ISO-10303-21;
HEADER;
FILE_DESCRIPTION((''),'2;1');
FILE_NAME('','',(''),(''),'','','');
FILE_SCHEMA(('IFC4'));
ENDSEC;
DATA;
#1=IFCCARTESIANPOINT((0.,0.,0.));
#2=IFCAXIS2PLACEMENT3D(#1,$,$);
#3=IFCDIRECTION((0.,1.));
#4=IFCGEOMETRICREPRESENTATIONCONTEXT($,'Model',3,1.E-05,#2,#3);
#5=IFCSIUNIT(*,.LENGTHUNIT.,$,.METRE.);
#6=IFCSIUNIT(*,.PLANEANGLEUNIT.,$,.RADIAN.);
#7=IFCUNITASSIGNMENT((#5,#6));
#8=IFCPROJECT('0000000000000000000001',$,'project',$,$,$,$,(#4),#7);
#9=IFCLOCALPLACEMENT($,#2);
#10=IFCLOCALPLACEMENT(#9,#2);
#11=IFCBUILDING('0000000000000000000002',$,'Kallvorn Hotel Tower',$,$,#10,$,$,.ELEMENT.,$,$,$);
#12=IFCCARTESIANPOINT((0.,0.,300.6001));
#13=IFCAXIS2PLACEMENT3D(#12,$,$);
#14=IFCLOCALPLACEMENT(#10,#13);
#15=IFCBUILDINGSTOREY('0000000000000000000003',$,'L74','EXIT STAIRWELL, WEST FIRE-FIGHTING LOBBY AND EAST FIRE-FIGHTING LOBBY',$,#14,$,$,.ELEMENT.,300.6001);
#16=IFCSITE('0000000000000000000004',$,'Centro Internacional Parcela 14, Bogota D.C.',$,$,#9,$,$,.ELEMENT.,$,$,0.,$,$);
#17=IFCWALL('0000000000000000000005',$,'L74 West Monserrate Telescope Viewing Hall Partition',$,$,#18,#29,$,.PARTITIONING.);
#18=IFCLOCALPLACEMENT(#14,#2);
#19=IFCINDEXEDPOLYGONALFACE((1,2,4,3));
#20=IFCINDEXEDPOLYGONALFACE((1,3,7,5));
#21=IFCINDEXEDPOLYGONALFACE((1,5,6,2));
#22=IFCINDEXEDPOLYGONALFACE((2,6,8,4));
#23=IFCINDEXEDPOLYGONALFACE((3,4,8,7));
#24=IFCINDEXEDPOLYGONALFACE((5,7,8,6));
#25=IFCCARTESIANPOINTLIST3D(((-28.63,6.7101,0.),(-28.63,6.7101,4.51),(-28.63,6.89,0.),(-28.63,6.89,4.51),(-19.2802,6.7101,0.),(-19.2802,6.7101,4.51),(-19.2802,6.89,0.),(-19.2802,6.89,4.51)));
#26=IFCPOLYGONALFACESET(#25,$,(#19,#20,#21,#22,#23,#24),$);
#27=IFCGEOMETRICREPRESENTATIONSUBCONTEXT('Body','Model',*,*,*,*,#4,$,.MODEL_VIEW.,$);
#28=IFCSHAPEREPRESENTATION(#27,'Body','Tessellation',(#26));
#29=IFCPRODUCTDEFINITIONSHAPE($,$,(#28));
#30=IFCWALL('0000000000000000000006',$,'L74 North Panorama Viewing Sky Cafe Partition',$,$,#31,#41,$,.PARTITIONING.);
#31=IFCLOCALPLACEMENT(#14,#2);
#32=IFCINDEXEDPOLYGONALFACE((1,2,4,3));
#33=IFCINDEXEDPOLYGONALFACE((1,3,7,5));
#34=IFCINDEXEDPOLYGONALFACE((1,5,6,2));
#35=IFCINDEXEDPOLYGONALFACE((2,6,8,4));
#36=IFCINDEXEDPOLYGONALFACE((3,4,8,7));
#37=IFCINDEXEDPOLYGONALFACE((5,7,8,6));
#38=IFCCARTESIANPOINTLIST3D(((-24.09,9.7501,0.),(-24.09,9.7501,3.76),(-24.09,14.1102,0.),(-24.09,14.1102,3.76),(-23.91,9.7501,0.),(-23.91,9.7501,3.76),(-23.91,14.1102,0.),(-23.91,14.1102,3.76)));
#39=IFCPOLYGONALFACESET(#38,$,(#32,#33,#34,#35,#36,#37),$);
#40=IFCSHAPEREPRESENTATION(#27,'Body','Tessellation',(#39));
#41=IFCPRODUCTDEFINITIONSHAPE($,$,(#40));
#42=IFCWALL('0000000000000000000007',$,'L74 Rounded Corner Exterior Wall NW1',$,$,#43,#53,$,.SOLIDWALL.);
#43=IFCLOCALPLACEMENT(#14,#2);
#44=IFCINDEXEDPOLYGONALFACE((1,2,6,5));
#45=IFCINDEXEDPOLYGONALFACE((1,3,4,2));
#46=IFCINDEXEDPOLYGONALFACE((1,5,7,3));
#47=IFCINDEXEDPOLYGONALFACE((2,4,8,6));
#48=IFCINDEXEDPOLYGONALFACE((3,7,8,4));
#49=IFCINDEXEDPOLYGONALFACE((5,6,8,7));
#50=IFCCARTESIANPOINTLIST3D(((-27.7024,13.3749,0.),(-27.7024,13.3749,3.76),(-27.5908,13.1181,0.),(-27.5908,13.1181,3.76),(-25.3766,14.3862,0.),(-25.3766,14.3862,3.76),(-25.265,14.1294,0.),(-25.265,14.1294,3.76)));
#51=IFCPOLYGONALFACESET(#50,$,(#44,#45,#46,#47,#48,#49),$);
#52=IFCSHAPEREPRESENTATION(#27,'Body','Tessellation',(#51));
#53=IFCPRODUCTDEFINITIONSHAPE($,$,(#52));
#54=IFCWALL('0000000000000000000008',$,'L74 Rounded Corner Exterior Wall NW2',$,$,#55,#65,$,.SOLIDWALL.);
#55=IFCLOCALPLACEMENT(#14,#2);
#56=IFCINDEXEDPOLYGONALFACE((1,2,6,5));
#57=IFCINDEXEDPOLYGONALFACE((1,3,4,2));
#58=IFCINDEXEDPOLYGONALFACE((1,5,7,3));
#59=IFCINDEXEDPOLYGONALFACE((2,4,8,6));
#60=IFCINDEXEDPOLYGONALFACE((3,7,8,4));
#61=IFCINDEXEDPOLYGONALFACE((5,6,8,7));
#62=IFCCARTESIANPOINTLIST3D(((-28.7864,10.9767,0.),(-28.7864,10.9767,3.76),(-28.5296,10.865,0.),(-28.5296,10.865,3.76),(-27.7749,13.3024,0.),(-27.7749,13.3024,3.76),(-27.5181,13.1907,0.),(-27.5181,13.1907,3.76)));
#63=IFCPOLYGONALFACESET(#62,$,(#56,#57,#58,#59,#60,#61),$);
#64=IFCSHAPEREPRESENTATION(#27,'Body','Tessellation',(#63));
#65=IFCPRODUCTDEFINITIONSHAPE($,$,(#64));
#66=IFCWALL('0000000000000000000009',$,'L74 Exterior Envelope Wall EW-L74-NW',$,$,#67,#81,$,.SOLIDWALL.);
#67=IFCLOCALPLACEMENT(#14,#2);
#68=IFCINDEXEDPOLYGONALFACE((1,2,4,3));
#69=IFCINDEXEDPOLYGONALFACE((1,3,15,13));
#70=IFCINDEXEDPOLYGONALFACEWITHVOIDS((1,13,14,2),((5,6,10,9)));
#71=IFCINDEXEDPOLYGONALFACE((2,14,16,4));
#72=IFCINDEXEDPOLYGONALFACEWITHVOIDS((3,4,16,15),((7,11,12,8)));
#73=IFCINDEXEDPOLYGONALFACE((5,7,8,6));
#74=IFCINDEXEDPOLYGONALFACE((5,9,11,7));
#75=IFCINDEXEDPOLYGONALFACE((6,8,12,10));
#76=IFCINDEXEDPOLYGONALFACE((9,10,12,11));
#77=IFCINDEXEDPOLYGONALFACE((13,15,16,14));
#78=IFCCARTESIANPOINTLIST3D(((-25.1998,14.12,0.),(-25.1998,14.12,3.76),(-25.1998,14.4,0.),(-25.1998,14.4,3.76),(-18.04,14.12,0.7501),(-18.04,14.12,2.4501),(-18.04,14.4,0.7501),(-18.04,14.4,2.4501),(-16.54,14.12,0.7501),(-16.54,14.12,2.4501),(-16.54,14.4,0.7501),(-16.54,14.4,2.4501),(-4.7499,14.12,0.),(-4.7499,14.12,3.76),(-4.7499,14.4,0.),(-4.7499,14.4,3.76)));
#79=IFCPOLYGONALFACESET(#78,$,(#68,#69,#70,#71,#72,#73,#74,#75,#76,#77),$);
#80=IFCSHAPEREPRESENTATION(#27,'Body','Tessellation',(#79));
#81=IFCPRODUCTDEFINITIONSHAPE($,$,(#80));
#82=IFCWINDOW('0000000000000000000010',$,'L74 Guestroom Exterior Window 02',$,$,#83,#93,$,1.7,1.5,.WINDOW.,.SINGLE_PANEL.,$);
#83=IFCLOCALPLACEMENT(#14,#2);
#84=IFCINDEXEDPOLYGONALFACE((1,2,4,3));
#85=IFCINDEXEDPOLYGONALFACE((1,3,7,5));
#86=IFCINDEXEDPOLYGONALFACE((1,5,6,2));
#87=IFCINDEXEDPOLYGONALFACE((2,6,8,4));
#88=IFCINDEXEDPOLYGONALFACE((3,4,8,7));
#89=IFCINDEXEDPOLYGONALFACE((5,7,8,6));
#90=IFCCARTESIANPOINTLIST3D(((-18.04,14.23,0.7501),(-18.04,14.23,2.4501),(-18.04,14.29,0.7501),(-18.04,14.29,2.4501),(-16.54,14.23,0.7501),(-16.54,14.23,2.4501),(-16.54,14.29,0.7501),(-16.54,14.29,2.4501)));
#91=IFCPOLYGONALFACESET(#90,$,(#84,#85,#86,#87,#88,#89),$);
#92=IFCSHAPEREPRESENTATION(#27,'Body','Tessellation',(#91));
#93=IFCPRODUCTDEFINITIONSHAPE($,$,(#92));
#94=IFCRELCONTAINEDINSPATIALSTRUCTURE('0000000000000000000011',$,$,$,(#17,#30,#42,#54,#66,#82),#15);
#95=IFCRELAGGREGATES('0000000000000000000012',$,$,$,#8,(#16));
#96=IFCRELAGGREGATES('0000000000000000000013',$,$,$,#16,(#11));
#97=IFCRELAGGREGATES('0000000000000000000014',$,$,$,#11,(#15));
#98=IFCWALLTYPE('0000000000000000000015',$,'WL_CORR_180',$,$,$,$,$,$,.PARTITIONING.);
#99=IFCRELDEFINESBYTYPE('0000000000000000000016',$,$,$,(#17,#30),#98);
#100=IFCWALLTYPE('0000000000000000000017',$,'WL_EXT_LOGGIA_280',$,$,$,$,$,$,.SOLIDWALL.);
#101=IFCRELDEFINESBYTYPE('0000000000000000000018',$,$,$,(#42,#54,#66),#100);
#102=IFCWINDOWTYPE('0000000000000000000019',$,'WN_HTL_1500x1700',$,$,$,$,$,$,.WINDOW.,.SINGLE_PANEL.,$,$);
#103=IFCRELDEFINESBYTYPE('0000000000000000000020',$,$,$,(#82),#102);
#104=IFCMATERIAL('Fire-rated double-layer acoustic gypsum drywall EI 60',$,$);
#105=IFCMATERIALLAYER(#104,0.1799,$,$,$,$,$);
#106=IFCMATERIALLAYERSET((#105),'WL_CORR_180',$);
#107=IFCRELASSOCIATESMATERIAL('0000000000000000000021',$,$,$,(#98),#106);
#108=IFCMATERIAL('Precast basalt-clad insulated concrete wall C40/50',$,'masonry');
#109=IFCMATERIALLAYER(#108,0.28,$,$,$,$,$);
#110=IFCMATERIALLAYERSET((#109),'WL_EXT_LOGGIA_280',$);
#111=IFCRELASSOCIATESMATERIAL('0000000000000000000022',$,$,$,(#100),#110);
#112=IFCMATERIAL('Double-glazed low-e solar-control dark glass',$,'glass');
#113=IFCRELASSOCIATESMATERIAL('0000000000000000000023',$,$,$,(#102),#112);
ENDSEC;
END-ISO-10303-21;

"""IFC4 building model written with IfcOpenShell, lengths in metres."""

from ifc_helpers import new_model, si_unit, direction, frame, frame_2d, origin, place, context, subcontext, project, spatial, rectangle, extrude, material, layer, layer_set, type_object, element, fill, save


model = new_model("IFC4")

# Units and contexts
model_context = context("Model", 3, precision=1e-05, world=origin(), true_north=direction((0.0, 1.0)))
body_context = subcontext(model_context, "Body", "Model", "MODEL_VIEW")
ifc_project = project(units=[si_unit("LENGTHUNIT", "METRE"), si_unit("PLANEANGLEUNIT", "RADIAN")], contexts=[model_context])

# Site, building, storey
site_placement = place(None, origin())
site = spatial("IfcSite", under=ifc_project, at=site_placement, Name="Centro Internacional Parcela 14, Bogota D.C.", CompositionType="ELEMENT", RefElevation=0.0)
building_placement = place(site_placement, origin())
building = spatial("IfcBuilding", under=site, at=building_placement, Name="Kallvorn Hotel Tower", CompositionType="ELEMENT")
storey_placement = place(building_placement, frame((0.0, 0.0, 300.6001)))
storey = spatial("IfcBuildingStorey", under=building, at=storey_placement, Name="L74", Description="EXIT STAIRWELL, WEST FIRE-FIGHTING LOBBY AND EAST FIRE-FIGHTING LOBBY", CompositionType="ELEMENT", Elevation=300.6001)

# Walls
ifc_material_1 = material(Name="Fire-rated double-layer acoustic gypsum drywall EI 60")
ifc_layer_1 = layer(ifc_material_1, 0.1799)
ifc_layer_set_1 = layer_set([ifc_layer_1], Name="WL_CORR_180")
wall_type_1 = type_object("IfcWallType", Name="WL_CORR_180", PredefinedType="PARTITIONING", material=ifc_layer_set_1)
wall_1_placement = place(storey_placement, frame((-28.6299, 6.8, 0.0), z_axis=(0.0, 0.0, 1.0), x_axis=(1.0, 0.0, 0.0)))
element("IfcWall", 1, at=wall_1_placement, inside=storey, type_object=wall_type_1, Name="L74 West Monserrate Telescope Viewing Hall Partition", PredefinedType="PARTITIONING", context=body_context, shape_type="SweptSolid", body=[
    extrude(rectangle(XDim=9.3499, YDim=0.1799, at=frame_2d((4.6748, 0.0))), origin(), (0.0, 0.0, 1.0), 4.51),
])
wall_2_placement = place(storey_placement, frame((-24.0, 9.75, 0.0), z_axis=(0.0, 0.0, 1.0), x_axis=(0.0, 1.0, 0.0)))
element("IfcWall", 2, at=wall_2_placement, inside=storey, type_object=wall_type_1, Name="L74 North Panorama Viewing Sky Cafe Partition", PredefinedType="PARTITIONING", context=body_context, shape_type="SweptSolid", body=[
    extrude(rectangle(XDim=4.3601, YDim=0.1799, at=frame_2d((2.1802, 0.0))), origin(), (0.0, 0.0, 1.0), 3.76),
])
ifc_material_2 = material(Name="Precast basalt-clad insulated concrete wall C40/50", Category="masonry")
ifc_layer_2 = layer(ifc_material_2, 0.28)
ifc_layer_set_2 = layer_set([ifc_layer_2], Name="WL_EXT_LOGGIA_280")
wall_type_2 = type_object("IfcWallType", Name="WL_EXT_LOGGIA_280", PredefinedType="SOLIDWALL", material=ifc_layer_set_2)
for number, where, z_axis, x_axis, name in (
    (3, (-25.3208, 14.2578, 0.0), (0.0, 0.0, 1.0), (-0.917061, -0.398747, 0.0), "L74 Rounded Corner Exterior Wall NW1"),
    (4, (-27.6465, 13.2466, 0.0), (0.0, 0.0, 1.0), (-0.398828, -0.917026, 0.0), "L74 Rounded Corner Exterior Wall NW2"),
):
    element("IfcWall", number, at=place(storey_placement, frame(where, z_axis=z_axis, x_axis=x_axis)), inside=storey, type_object=wall_type_2, Name=name, PredefinedType="SOLIDWALL", context=body_context, shape_type="SweptSolid", body=[
        extrude(rectangle(XDim=2.5361, YDim=0.28, at=frame_2d((1.2681, 0.0))), origin(), (0.0, 0.0, 1.0), 3.76),
    ])

# Wall, opening, window
wall_3_placement = place(storey_placement, frame((-25.2, 14.26, 0.0), z_axis=(0.0, 0.0, 1.0), x_axis=(1.0, 0.0, 0.0)))
wall_3 = element("IfcWall", 5, at=wall_3_placement, inside=storey, type_object=wall_type_2, Name="L74 Exterior Envelope Wall EW-L74-NW", PredefinedType="SOLIDWALL", context=body_context, shape_type="SweptSolid", body=[
    extrude(rectangle(XDim=20.45, YDim=0.28, at=frame_2d((10.2251, 0.0))), origin(), (0.0, 0.0, 1.0), 3.76),
])
opening_placement = place(wall_3_placement, frame((7.1599, 0.0, 0.75)))
opening = element("IfcOpeningElement", 6, at=opening_placement, cuts=wall_3, PredefinedType="OPENING", context=body_context, shape_type="SweptSolid", body=[
    extrude(rectangle(XDim=1.5, YDim=1.7, at=frame_2d((0.75, 0.8501))), frame((0.0, 0.155, 0.0), z_axis=(0.0, -1.0, 0.0), x_axis=(1.0, 0.0, 0.0)), (0.0, 0.0, 1.0), 0.3101),
])
ifc_material_3 = material(Name="Double-glazed low-e solar-control dark glass", Category="glass")
window_type = type_object("IfcWindowType", Name="WN_HTL_1500x1700", PartitioningType="SINGLE_PANEL", PredefinedType="WINDOW", material=ifc_material_3)
window_placement = place(opening_placement, origin())
window = element("IfcWindow", 7, at=window_placement, inside=storey, type_object=window_type, Name="L74 Guestroom Exterior Window 02", OverallHeight=1.7, OverallWidth=1.5, PartitioningType="SINGLE_PANEL", PredefinedType="WINDOW", context=body_context, shape_type="SweptSolid", body=[
    extrude(rectangle(XDim=1.5, YDim=1.7, at=frame_2d((0.75, 0.8501))), frame((0.0, 0.03, 0.0), z_axis=(0.0, -1.0, 0.0), x_axis=(1.0, 0.0, 0.0)), (0.0, 0.0, 1.0), 0.0601),
])
fill(opening, window)

save(model, "model.ifc")
